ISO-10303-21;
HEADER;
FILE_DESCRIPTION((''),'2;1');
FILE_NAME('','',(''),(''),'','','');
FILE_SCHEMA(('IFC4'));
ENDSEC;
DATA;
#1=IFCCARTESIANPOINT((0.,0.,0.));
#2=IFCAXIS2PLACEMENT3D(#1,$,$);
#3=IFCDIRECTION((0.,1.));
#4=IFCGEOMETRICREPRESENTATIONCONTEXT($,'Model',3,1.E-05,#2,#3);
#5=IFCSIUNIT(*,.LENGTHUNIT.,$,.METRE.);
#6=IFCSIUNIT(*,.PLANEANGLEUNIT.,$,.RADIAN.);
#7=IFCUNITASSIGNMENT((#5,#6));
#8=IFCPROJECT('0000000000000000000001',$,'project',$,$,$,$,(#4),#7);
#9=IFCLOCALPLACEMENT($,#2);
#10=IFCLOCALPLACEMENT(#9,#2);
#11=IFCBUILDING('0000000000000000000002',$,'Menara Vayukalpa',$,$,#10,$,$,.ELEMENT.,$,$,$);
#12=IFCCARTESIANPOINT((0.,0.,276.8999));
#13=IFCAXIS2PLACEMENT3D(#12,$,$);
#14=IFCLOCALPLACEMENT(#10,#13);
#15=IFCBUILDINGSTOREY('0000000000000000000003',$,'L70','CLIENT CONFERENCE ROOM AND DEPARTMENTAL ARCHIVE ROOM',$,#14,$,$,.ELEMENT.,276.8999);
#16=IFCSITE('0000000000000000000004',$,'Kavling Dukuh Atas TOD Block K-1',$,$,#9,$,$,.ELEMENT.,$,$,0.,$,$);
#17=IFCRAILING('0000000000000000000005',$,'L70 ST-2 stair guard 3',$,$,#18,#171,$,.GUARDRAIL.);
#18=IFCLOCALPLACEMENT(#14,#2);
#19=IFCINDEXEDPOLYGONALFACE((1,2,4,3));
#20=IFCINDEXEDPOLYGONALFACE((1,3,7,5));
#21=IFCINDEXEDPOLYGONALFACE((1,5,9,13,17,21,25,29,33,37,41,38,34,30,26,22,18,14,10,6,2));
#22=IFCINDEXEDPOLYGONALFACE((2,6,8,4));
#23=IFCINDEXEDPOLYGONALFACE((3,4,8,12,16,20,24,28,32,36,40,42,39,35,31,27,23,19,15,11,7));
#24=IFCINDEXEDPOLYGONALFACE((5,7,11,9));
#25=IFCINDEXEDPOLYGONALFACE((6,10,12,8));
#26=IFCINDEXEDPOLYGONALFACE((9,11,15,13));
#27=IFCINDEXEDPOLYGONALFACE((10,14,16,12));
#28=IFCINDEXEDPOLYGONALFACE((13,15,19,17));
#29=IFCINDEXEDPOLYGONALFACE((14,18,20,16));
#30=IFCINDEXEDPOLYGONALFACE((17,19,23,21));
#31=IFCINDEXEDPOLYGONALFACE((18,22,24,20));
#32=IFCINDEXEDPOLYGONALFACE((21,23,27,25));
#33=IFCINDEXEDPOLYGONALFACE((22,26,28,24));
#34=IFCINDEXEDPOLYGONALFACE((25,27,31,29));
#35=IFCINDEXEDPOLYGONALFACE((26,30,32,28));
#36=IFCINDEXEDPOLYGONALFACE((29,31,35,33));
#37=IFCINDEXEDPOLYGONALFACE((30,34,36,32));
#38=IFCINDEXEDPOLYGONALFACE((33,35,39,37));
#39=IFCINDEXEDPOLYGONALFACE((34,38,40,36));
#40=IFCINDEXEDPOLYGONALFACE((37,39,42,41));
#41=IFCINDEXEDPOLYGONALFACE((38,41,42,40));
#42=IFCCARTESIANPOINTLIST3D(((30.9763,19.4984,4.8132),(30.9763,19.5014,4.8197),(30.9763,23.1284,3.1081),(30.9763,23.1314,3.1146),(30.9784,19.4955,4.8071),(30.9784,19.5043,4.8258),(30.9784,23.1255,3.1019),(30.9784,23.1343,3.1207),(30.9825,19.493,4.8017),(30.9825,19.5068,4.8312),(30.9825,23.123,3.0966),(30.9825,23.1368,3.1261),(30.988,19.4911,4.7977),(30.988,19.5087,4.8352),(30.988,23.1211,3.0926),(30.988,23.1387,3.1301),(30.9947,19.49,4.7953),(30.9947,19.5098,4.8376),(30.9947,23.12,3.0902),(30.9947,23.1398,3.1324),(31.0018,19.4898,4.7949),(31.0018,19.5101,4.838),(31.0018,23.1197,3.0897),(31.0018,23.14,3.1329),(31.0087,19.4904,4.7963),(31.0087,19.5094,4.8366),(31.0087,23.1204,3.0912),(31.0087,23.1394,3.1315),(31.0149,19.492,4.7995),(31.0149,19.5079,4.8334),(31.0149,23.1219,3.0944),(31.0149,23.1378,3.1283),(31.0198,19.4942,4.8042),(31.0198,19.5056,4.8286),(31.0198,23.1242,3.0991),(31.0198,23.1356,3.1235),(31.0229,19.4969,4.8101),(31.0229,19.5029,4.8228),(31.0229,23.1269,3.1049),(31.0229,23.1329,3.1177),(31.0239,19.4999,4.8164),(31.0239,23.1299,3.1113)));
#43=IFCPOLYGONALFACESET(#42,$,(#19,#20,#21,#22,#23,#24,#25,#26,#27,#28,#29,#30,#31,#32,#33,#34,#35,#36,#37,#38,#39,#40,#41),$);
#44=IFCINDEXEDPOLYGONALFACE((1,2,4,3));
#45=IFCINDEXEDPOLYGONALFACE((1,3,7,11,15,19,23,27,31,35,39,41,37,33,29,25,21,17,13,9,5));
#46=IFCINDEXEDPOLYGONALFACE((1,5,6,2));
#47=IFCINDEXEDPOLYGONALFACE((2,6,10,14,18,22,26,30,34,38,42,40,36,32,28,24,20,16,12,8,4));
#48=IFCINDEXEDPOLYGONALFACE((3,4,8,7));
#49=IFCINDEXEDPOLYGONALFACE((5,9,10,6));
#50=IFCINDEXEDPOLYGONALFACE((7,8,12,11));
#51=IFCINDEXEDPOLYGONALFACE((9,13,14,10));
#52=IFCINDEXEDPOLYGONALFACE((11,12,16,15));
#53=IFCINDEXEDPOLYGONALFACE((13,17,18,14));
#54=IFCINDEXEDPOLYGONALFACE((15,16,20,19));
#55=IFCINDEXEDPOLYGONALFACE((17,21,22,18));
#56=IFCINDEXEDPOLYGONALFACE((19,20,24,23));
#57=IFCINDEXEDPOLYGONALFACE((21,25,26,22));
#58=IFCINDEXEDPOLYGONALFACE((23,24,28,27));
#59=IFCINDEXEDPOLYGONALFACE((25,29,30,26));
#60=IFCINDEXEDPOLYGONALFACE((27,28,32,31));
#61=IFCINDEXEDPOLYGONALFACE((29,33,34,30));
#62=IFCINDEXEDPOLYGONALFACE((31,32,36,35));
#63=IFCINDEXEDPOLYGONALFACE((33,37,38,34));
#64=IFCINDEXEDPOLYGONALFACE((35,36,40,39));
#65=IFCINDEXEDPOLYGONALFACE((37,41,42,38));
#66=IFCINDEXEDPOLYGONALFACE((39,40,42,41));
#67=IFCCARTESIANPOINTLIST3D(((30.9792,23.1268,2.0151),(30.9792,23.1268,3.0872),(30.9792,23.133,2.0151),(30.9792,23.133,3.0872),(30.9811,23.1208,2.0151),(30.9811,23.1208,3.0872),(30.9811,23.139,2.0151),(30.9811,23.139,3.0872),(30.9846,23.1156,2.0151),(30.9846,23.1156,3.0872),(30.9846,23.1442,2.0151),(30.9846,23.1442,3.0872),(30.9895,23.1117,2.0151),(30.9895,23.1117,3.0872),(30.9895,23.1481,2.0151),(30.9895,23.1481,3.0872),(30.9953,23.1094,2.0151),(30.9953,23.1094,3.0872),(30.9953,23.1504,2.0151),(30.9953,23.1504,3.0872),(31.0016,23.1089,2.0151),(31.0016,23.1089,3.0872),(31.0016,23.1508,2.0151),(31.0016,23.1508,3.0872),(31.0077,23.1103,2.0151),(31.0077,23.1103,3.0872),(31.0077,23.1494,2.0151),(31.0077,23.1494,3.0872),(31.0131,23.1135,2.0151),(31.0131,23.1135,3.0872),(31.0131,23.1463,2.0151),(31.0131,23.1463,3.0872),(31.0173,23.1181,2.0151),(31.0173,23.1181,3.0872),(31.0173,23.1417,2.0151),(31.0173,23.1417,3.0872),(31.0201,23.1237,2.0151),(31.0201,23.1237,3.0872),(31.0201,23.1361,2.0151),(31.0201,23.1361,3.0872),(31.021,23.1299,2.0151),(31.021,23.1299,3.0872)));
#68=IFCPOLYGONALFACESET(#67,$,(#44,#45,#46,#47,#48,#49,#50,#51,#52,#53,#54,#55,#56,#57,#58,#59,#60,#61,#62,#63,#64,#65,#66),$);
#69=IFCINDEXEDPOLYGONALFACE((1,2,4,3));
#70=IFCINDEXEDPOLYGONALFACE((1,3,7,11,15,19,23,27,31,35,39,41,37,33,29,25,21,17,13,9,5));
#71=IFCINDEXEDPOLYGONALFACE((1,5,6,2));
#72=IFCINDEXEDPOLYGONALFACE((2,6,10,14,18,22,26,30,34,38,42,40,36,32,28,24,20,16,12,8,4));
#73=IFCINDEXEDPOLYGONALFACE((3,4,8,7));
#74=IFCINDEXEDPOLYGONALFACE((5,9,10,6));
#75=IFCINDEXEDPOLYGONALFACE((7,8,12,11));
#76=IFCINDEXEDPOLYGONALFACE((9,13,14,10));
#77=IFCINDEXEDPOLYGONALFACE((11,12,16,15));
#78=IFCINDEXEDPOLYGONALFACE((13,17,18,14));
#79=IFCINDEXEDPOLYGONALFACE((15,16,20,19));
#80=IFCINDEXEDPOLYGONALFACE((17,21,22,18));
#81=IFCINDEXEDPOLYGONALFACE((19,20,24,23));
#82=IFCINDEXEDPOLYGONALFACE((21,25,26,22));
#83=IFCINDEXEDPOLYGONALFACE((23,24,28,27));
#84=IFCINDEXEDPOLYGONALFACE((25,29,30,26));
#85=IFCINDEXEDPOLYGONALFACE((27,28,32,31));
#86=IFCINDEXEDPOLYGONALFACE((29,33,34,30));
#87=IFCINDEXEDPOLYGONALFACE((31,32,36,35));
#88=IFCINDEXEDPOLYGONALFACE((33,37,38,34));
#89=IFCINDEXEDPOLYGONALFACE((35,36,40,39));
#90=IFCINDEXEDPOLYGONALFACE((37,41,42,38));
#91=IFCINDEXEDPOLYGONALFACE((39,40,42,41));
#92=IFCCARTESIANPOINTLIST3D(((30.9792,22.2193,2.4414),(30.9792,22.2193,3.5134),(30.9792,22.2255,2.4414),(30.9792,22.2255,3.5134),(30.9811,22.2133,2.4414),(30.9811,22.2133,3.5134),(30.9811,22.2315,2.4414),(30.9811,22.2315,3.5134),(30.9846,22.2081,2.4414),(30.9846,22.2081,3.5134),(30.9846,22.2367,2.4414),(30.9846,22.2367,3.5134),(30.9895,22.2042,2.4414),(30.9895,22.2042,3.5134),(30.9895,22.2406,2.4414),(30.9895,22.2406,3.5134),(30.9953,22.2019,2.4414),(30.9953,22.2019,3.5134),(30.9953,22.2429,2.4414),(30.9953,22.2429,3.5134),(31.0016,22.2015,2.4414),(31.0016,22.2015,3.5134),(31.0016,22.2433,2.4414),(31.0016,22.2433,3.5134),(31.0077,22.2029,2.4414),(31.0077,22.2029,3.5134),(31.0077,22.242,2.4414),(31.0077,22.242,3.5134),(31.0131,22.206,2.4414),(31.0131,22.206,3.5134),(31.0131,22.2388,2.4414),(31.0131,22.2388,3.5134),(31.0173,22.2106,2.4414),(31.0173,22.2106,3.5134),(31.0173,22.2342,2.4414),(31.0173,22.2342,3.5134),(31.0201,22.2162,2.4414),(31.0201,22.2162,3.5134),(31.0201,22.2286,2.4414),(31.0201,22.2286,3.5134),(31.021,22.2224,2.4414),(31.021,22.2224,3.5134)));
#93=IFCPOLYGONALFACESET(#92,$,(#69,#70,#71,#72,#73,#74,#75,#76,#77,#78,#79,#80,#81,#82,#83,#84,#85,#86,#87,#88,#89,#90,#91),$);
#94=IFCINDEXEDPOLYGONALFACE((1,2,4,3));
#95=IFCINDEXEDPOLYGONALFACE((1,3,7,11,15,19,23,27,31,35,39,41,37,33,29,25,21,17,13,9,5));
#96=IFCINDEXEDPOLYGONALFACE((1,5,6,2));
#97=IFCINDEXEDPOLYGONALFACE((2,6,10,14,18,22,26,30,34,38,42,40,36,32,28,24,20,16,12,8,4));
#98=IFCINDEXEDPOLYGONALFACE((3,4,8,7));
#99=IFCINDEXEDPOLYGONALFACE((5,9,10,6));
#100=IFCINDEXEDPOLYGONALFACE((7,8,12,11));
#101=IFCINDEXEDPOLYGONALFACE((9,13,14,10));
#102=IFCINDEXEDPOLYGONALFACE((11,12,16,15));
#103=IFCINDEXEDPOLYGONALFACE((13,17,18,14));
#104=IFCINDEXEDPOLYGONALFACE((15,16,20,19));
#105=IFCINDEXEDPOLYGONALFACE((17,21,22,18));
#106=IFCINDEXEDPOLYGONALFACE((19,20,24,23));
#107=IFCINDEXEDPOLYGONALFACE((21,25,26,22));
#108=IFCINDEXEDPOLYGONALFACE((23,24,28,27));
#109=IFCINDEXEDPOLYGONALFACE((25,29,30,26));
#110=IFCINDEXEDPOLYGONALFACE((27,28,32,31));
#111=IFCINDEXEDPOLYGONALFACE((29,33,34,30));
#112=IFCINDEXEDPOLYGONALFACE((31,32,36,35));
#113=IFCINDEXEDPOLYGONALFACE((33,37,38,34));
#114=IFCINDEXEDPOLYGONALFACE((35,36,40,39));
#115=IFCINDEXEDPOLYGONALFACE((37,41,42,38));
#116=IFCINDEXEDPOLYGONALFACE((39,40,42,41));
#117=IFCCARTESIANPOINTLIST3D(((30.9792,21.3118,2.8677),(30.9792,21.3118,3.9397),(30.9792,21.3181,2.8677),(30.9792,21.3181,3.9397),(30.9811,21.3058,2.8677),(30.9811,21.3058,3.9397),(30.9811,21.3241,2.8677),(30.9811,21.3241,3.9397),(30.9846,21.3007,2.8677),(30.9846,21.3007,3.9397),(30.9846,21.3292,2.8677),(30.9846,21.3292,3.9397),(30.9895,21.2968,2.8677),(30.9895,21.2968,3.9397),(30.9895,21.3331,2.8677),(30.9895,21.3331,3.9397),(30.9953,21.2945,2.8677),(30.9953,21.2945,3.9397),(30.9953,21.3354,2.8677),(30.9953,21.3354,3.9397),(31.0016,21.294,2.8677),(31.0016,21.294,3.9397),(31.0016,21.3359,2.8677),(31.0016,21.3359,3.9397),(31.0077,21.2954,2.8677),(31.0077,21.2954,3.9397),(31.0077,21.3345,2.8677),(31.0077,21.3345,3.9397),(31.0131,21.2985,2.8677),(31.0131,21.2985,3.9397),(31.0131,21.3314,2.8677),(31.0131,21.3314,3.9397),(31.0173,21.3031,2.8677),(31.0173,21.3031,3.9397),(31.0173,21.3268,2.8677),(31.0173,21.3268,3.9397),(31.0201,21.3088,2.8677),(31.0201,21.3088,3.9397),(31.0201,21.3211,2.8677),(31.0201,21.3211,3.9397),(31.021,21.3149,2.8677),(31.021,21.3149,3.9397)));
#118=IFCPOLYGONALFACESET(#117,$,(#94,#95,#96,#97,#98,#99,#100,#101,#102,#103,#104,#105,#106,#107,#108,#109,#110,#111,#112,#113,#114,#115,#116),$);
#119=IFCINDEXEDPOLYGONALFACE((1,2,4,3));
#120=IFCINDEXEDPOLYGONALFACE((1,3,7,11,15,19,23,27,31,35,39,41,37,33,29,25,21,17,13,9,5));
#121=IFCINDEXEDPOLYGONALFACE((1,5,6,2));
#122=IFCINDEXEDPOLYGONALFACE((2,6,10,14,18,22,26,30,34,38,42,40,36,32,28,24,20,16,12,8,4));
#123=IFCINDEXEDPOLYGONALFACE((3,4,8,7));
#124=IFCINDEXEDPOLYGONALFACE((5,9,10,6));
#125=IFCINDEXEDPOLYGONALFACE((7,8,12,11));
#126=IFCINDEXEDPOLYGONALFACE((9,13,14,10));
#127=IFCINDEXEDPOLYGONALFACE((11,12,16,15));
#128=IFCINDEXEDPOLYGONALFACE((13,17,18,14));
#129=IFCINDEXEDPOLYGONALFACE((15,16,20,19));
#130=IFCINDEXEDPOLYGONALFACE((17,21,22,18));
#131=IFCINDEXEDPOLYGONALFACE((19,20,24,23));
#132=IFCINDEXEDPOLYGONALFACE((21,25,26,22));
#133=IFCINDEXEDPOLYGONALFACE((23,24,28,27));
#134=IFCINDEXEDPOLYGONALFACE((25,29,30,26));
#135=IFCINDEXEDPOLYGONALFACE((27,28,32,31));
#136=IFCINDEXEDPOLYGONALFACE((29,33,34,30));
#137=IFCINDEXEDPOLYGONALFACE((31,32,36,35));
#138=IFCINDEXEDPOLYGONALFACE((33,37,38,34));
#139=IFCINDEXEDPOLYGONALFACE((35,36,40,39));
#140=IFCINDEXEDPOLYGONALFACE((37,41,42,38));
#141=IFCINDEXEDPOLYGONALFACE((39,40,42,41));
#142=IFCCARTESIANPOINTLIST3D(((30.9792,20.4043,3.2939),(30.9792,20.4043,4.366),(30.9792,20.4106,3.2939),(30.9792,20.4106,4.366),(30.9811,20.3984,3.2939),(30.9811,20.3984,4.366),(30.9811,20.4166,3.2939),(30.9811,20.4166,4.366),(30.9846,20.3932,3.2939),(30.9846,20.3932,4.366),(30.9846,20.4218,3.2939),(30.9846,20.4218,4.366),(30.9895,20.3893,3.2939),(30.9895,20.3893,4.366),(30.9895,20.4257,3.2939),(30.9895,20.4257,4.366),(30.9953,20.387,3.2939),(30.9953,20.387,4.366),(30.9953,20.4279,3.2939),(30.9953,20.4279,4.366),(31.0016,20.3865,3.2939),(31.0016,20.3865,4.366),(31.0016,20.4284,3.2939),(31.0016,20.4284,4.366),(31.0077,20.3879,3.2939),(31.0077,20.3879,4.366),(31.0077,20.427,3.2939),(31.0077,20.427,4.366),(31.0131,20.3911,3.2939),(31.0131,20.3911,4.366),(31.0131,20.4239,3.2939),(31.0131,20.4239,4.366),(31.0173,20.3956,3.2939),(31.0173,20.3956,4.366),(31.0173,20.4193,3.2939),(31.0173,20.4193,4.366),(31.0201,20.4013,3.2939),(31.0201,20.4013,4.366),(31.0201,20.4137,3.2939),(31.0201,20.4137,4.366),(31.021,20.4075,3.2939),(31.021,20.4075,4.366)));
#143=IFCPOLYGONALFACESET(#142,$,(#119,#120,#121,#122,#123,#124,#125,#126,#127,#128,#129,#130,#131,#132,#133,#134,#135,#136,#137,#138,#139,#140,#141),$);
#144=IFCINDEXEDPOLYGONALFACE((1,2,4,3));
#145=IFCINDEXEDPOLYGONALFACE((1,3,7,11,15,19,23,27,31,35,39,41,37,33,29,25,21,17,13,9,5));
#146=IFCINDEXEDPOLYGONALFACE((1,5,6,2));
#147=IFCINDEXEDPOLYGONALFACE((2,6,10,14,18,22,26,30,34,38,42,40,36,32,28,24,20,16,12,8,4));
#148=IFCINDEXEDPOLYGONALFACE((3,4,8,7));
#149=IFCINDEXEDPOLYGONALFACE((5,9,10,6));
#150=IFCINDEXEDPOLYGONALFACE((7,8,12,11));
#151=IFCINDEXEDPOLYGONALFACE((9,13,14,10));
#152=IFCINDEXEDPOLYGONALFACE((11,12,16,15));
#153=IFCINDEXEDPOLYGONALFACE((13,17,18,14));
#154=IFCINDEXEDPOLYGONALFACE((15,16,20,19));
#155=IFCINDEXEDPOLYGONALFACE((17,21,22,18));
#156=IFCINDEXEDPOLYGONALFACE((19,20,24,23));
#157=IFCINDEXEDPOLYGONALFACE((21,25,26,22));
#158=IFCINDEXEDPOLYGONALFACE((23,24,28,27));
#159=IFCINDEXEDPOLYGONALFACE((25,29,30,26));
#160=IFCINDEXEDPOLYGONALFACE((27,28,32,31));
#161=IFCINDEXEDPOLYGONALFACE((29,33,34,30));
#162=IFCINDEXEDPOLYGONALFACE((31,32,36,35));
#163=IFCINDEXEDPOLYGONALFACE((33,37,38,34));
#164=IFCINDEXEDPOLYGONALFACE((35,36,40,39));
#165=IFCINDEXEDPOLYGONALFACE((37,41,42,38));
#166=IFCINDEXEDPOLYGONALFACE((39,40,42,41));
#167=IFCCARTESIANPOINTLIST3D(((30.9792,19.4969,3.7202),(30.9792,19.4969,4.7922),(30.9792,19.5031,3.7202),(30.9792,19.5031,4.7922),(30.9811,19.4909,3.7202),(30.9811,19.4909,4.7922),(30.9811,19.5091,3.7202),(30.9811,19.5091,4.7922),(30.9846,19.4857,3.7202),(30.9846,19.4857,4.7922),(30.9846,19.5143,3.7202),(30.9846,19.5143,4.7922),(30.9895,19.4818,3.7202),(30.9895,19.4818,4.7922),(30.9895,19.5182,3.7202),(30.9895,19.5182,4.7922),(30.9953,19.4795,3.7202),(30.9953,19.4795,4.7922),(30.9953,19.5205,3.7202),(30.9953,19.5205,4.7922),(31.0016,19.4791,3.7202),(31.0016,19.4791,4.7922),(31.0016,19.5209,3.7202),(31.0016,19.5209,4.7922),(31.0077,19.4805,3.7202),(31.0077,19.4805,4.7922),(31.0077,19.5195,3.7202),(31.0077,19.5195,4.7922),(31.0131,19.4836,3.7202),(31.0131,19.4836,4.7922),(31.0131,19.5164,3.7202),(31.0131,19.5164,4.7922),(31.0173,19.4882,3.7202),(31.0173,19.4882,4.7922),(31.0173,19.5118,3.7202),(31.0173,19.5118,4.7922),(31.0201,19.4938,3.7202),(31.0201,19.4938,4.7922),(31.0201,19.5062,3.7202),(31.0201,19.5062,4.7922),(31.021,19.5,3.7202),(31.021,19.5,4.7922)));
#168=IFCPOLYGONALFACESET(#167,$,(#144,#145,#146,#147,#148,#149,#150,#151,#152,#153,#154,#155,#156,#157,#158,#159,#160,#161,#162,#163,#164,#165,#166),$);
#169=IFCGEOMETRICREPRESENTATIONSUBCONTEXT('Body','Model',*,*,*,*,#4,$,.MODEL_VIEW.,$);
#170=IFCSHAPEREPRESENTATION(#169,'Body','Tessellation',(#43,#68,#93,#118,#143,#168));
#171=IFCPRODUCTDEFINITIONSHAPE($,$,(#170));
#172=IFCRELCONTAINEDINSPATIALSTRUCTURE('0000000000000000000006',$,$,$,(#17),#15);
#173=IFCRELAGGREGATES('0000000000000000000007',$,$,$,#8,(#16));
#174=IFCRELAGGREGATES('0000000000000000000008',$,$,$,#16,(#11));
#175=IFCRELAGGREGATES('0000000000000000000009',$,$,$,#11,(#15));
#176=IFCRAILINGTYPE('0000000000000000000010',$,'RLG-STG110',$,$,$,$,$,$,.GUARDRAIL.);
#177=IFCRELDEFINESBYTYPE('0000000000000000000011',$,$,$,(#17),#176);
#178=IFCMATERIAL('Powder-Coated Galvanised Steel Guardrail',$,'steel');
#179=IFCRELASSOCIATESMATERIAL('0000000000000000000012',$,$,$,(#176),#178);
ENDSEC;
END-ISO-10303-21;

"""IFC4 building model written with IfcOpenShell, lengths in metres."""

from ifc_helpers import new_model, si_unit, direction, frame, origin, origin_2d, place, context, subcontext, project, spatial, circle, extrude, material, type_object, element, save


model = new_model("IFC4")

# Units and contexts
model_context = context("Model", 3, precision=1e-05, world=origin(), true_north=direction((0.0, 1.0)))
body_context = subcontext(model_context, "Body", "Model", "MODEL_VIEW")
ifc_project = project(units=[si_unit("LENGTHUNIT", "METRE"), si_unit("PLANEANGLEUNIT", "RADIAN")], contexts=[model_context])

# Site, building, storey
site_placement = place(None, origin())
site = spatial("IfcSite", under=ifc_project, at=site_placement, Name="Kavling Dukuh Atas TOD Block K-1", CompositionType="ELEMENT", RefElevation=0.0)
building_placement = place(site_placement, origin())
building = spatial("IfcBuilding", under=site, at=building_placement, Name="Menara Vayukalpa", CompositionType="ELEMENT")
storey_placement = place(building_placement, frame((0.0, 0.0, 276.8999)))
storey = spatial("IfcBuildingStorey", under=building, at=storey_placement, Name="L70", Description="CLIENT CONFERENCE ROOM AND DEPARTMENTAL ARCHIVE ROOM", CompositionType="ELEMENT", Elevation=276.8999)

# Railing
ifc_material_1 = material(Name="Powder-Coated Galvanised Steel Guardrail", Category="steel")
railing_type_1 = type_object("IfcRailingType", Name="RLG-STG110", PredefinedType="GUARDRAIL", material=ifc_material_1)
railing_1_placement = place(storey_placement, frame((31.0, 23.1299, 2.0151)))
element("IfcRailing", 1, at=railing_1_placement, inside=storey, type_object=railing_type_1, Name="L70 ST-2 stair guard 3", PredefinedType="GUARDRAIL", context=body_context, shape_type="SweptSolid", body=[
    extrude(circle(Radius=0.0239, at=origin_2d()), frame((0.0, 0.0, 1.0962), z_axis=(0.0, -0.905116, 0.425164), x_axis=(1.0, 0.0, 0.0)), (0.0, 0.0, 1.0), 4.0105),
    extrude(circle(Radius=0.021, at=origin_2d()), origin(), (0.0, 0.0, 1.0), 1.072),
    extrude(circle(Radius=0.021, at=origin_2d()), frame((0.0, -0.9075, 0.4263)), (0.0, 0.0, 1.0), 1.072),
    extrude(circle(Radius=0.021, at=origin_2d()), frame((0.0, -1.8149, 0.8525)), (0.0, 0.0, 1.0), 1.072),
    extrude(circle(Radius=0.021, at=origin_2d()), frame((0.0, -2.7224, 1.2788)), (0.0, 0.0, 1.0), 1.072),
    extrude(circle(Radius=0.021, at=origin_2d()), frame((0.0, -3.6299, 1.7051)), (0.0, 0.0, 1.0), 1.072),
])

save(model, "model.ifc")
